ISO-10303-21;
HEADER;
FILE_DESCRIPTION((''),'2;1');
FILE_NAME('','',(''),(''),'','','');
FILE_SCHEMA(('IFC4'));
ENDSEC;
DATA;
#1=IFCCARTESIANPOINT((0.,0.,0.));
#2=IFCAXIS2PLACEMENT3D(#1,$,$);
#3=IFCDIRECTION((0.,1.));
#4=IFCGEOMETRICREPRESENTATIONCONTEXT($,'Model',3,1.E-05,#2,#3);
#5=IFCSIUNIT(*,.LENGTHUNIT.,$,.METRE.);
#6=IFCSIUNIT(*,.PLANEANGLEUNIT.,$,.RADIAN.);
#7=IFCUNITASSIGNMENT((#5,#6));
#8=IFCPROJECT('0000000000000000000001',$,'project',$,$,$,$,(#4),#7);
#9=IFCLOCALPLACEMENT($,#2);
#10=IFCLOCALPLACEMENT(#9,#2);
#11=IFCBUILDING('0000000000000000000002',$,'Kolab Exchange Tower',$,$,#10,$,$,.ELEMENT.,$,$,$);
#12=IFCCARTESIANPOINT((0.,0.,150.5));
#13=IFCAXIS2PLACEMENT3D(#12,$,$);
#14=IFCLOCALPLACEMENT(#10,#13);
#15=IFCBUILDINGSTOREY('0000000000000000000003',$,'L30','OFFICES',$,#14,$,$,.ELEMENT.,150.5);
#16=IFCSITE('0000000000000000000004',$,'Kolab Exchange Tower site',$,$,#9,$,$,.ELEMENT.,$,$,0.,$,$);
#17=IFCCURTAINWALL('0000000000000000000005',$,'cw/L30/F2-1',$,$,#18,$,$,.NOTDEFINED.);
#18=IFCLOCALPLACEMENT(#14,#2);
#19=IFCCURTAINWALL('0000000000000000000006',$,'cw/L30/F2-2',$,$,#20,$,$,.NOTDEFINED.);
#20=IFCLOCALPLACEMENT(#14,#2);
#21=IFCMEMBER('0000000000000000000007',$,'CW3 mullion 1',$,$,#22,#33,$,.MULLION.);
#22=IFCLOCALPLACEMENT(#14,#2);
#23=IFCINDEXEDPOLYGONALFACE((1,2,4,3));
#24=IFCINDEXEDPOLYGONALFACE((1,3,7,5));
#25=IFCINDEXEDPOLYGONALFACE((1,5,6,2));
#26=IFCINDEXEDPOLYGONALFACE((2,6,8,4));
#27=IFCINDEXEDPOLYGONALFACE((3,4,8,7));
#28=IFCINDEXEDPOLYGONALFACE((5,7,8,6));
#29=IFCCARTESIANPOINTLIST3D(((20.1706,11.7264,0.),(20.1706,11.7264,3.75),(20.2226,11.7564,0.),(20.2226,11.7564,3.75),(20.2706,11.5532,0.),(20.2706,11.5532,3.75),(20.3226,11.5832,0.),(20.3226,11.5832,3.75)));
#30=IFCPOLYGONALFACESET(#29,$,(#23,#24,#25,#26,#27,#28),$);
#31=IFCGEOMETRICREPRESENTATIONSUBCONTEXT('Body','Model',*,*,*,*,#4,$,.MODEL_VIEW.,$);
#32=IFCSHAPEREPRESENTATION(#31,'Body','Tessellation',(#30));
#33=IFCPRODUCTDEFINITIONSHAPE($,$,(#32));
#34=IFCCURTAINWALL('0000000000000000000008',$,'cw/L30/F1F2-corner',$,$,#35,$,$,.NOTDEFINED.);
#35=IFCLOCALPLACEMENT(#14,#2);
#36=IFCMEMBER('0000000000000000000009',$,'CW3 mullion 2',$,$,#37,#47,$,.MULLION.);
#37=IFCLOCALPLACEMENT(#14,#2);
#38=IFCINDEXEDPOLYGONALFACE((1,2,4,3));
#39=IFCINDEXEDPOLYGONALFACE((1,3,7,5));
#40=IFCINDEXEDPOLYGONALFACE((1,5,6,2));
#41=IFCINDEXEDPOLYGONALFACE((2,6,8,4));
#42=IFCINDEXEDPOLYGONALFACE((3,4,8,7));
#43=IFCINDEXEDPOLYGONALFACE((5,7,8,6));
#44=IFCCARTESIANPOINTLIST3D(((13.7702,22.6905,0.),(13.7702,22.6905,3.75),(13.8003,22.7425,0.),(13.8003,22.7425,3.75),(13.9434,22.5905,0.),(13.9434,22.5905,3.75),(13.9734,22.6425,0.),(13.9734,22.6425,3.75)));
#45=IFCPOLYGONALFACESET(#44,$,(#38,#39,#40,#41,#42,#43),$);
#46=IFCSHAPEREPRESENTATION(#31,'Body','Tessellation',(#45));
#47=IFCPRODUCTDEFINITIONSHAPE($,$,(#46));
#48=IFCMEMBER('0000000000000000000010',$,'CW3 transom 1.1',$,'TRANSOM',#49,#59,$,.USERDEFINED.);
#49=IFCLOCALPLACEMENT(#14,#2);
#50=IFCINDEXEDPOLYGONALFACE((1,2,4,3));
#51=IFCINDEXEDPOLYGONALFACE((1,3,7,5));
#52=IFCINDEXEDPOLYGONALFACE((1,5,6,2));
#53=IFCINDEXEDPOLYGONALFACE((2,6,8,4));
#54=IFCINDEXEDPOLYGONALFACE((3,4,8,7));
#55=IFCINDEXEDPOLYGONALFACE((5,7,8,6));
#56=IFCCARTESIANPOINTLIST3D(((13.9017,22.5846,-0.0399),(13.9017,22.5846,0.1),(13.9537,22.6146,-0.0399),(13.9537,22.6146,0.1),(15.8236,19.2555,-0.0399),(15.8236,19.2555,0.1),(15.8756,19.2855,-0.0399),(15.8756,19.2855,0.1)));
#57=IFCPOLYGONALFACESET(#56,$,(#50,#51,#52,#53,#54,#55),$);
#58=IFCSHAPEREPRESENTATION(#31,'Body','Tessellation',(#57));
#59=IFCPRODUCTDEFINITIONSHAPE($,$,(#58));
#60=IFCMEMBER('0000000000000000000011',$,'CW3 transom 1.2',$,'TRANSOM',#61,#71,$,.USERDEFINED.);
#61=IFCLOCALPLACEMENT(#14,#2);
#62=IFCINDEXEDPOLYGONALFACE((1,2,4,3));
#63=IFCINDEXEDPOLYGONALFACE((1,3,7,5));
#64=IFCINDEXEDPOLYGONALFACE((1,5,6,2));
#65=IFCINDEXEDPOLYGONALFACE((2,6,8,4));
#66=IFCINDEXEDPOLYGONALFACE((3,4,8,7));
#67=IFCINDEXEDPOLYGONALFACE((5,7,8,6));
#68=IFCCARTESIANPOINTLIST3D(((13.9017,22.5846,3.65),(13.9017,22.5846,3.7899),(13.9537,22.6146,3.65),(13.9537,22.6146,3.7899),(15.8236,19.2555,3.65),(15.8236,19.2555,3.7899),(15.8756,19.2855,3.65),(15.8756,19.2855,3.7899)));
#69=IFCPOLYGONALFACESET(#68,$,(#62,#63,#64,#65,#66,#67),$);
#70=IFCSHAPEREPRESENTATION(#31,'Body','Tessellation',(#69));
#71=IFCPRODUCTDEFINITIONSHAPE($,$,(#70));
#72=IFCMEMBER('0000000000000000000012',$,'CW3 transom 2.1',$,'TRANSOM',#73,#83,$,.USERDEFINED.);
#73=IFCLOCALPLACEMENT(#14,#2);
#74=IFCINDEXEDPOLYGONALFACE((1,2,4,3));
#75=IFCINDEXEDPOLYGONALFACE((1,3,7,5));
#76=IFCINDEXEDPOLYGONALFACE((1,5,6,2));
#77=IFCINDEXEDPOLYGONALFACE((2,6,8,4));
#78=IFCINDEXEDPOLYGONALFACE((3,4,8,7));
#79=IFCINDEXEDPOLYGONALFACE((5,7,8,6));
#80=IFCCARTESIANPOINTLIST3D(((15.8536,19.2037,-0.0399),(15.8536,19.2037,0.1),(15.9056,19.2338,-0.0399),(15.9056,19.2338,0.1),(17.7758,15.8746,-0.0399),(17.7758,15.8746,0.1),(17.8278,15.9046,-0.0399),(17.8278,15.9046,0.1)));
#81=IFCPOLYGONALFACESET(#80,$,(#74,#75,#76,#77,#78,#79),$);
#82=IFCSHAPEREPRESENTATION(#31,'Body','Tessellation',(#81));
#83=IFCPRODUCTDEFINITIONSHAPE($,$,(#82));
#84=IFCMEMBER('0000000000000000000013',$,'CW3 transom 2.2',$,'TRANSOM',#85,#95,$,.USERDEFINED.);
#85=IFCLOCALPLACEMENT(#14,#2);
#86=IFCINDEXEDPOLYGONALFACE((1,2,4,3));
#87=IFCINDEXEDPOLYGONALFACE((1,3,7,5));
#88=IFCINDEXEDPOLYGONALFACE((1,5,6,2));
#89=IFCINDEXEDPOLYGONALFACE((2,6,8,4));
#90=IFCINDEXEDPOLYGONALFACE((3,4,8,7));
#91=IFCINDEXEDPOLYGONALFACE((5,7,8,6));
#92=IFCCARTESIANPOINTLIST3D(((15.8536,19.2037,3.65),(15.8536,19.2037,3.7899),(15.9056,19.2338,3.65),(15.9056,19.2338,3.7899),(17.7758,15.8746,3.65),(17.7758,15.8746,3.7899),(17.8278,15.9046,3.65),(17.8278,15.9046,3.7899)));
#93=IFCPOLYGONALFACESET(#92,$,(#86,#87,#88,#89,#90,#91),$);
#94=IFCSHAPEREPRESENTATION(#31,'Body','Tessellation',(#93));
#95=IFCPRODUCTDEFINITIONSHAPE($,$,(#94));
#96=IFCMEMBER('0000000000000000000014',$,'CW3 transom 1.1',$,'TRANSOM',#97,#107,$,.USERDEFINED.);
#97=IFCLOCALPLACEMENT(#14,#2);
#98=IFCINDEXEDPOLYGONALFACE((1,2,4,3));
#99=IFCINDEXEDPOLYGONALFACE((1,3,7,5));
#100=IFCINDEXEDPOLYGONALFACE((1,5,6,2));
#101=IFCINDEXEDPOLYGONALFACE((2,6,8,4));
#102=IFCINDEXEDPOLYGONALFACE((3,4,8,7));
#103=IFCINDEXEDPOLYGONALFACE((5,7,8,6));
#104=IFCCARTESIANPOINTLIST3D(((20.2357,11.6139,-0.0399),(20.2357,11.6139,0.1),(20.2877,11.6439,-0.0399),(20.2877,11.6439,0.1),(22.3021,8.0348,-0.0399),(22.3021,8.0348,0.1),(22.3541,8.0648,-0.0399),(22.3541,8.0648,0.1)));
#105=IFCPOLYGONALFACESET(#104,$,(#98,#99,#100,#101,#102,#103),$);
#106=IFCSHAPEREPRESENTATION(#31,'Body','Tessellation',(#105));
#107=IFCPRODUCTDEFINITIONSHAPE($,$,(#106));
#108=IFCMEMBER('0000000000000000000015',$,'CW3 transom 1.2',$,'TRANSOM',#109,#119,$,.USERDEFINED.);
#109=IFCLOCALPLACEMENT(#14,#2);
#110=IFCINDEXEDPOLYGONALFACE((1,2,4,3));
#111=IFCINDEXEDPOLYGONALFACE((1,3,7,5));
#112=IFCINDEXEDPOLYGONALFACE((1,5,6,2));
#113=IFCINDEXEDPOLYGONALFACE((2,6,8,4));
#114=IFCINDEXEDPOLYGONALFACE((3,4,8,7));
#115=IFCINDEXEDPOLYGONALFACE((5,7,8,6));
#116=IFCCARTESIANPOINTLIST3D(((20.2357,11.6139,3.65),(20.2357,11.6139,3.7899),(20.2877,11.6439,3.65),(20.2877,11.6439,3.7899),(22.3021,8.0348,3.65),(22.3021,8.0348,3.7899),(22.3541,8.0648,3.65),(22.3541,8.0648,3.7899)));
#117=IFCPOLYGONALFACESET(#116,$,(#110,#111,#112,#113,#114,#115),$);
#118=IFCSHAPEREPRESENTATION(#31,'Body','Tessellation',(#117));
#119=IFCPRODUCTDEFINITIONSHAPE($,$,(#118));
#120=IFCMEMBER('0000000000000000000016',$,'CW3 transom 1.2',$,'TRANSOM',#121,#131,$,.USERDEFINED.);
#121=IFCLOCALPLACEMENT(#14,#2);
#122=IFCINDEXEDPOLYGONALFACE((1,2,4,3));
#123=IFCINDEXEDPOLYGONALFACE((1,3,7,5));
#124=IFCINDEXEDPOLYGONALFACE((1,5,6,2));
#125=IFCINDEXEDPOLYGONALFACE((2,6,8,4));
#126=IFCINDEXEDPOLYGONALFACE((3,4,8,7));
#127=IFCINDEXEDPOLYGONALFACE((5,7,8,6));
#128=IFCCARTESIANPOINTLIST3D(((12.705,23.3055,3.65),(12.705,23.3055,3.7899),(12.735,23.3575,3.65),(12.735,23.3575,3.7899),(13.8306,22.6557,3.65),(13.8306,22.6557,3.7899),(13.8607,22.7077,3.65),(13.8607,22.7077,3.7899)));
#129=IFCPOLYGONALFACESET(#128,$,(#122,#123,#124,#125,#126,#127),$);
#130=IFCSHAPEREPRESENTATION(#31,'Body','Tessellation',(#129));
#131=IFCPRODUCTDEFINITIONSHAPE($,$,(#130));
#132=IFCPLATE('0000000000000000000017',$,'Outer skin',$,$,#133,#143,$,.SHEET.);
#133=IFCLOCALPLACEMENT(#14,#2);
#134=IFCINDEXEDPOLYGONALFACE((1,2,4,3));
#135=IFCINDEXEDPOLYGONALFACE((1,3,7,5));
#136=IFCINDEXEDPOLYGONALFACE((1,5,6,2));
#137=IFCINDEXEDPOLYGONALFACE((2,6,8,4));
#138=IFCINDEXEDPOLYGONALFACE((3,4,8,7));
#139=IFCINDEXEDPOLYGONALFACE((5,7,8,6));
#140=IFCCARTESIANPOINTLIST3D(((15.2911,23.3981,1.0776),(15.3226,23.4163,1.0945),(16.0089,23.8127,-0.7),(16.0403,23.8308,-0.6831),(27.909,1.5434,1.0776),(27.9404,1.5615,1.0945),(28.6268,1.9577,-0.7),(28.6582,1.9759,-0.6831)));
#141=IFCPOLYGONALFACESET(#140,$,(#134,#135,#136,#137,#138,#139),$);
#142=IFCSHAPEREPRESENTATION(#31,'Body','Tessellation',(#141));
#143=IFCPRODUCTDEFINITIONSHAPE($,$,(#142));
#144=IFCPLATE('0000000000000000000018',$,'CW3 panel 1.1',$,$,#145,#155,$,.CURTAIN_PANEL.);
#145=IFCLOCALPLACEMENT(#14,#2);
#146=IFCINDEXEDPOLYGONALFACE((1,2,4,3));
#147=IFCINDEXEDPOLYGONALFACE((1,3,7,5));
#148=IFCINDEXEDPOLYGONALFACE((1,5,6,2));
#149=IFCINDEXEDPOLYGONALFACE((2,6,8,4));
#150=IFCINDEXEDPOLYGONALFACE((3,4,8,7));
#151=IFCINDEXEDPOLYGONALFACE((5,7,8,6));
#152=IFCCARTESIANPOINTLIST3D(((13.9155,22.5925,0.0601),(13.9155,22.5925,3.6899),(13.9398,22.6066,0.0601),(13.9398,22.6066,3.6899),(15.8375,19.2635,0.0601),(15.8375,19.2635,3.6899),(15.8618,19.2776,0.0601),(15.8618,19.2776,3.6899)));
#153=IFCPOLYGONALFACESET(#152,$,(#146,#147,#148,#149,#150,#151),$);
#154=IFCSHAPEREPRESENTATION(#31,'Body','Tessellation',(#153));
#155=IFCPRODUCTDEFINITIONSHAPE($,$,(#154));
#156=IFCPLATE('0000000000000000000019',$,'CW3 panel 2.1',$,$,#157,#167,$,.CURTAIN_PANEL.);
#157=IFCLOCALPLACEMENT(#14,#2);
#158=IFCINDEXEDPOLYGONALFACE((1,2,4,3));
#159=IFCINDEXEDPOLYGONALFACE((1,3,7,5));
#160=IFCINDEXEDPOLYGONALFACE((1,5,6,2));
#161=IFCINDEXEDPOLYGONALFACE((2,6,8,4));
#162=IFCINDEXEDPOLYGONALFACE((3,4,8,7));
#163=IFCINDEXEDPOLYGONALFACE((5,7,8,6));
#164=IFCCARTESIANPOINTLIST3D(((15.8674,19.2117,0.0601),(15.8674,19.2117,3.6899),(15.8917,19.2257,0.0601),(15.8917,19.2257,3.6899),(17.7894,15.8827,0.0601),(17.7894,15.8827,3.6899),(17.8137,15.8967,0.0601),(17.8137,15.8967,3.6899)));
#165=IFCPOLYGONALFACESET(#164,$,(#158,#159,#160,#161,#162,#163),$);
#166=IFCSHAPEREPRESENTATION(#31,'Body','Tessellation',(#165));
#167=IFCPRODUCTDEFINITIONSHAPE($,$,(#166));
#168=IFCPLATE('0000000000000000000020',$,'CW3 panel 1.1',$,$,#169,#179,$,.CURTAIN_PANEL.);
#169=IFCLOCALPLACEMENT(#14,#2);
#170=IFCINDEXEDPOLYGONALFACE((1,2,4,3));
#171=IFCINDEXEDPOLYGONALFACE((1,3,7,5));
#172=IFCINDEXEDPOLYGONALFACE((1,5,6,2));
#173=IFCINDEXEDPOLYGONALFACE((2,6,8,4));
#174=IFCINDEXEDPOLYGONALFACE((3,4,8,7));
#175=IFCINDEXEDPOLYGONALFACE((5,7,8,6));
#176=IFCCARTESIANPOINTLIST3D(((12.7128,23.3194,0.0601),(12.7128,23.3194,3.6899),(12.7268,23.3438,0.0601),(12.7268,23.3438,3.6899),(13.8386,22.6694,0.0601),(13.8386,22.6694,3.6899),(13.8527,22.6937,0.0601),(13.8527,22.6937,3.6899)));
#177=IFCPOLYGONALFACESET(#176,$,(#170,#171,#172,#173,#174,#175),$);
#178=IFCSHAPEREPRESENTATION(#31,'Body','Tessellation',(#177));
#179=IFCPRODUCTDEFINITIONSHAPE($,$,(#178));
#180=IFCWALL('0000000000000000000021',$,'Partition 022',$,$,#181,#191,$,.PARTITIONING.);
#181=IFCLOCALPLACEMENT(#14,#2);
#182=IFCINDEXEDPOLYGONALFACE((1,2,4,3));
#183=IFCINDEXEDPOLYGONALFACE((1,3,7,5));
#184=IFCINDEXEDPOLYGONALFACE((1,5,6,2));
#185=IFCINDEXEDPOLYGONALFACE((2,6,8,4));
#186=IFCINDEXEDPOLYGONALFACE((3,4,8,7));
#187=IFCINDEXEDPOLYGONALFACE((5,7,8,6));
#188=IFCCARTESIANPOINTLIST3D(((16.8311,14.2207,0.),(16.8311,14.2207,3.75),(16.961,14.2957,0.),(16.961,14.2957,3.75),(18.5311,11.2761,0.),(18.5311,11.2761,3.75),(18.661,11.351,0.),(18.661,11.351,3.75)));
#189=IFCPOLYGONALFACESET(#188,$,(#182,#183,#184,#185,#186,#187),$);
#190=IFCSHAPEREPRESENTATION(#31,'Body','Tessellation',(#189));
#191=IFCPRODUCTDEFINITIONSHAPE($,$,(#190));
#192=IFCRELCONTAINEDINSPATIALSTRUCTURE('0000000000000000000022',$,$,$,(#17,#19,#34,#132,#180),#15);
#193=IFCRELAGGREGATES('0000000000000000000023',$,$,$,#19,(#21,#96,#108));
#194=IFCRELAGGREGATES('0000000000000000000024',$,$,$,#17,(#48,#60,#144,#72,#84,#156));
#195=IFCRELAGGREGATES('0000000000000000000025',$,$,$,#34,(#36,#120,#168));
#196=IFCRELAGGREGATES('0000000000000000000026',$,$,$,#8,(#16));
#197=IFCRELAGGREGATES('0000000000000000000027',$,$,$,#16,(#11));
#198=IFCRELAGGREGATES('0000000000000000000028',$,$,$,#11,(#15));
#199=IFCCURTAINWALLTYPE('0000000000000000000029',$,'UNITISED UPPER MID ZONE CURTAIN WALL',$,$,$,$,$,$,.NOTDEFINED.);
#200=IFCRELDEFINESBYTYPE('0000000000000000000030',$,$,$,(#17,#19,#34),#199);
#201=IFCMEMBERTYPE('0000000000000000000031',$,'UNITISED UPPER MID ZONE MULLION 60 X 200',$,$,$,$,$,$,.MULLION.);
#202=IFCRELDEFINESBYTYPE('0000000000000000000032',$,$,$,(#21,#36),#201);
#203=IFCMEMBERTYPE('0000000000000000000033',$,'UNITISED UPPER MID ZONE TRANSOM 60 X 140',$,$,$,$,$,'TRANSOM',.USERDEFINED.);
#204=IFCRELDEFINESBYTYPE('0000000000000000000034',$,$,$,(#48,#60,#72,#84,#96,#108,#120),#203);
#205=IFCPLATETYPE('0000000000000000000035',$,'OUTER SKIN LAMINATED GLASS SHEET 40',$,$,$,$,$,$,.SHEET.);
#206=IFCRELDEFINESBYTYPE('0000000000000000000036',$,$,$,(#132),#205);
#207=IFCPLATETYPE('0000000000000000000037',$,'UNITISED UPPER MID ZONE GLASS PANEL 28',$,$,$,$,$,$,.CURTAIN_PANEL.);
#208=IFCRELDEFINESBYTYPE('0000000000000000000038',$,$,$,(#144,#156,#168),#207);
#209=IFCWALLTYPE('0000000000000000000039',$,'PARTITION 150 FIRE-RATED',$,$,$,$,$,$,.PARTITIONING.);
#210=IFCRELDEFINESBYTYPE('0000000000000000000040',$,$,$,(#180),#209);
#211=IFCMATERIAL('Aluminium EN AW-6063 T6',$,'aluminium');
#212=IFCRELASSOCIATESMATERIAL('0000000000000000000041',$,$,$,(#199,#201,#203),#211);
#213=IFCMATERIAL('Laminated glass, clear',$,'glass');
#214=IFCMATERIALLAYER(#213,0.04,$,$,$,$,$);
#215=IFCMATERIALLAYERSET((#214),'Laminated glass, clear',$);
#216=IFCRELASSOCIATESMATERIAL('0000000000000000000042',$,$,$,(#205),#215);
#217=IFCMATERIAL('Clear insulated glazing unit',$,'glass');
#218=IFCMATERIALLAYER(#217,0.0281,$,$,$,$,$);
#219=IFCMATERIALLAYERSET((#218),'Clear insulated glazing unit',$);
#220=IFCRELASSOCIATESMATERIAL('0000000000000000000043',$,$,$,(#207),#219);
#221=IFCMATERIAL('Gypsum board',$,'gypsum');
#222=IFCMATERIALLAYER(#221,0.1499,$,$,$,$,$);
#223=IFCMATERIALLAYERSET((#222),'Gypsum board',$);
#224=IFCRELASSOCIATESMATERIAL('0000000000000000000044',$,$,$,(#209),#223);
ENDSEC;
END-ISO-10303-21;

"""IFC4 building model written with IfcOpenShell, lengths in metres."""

from ifc_helpers import new_model, si_unit, direction, frame, frame_2d, origin, origin_2d, place, context, subcontext, project, spatial, polyline, rectangle, outline, extrude, material, layer, layer_set, material_profile, profile_set, type_object, element, aggregate, save


model = new_model("IFC4")

# Units and contexts
model_context = context("Model", 3, precision=1e-05, world=origin(), true_north=direction((0.0, 1.0)))
body_context = subcontext(model_context, "Body", "Model", "MODEL_VIEW")
ifc_project = project(units=[si_unit("LENGTHUNIT", "METRE"), si_unit("PLANEANGLEUNIT", "RADIAN")], contexts=[model_context])

# Site, building, storey
site_placement = place(None, origin())
site = spatial("IfcSite", under=ifc_project, at=site_placement, Name="Kolab Exchange Tower site", CompositionType="ELEMENT", RefElevation=0.0)
building_placement = place(site_placement, origin())
building = spatial("IfcBuilding", under=site, at=building_placement, Name="Kolab Exchange Tower", CompositionType="ELEMENT")
storey_placement = place(building_placement, frame((0.0, 0.0, 150.5)))
storey = spatial("IfcBuildingStorey", under=building, at=storey_placement, Name="L30", Description="OFFICES", CompositionType="ELEMENT", Elevation=150.5)

# Curtain wall
ifc_material_1 = material(Name="Aluminium EN AW-6063 T6", Category="aluminium")
curtain_wall_type = type_object("IfcCurtainWallType", Name="UNITISED UPPER MID ZONE CURTAIN WALL", PredefinedType="NOTDEFINED", material=ifc_material_1)
curtain_wall_1_placement = place(storey_placement, origin())
curtain_wall_1 = element("IfcCurtainWall", 1, at=curtain_wall_1_placement, inside=storey, type_object=curtain_wall_type, Name="cw/L30/F2-1", PredefinedType="NOTDEFINED")
ifc_material_profile_1 = material_profile(ifc_material_1, rectangle(XDim=0.0601, YDim=0.2, at=origin_2d()), Name="RECT 60X200")
ifc_profile_set_1 = profile_set([ifc_material_profile_1], Name="Aluminium EN AW-6063 T6")
member_type_1 = type_object("IfcMemberType", Name="UNITISED UPPER MID ZONE MULLION 60 X 200", PredefinedType="MULLION", material=ifc_profile_set_1)

# Curtain walls, members
curtain_wall_2_placement = place(storey_placement, origin())
curtain_wall_2 = element("IfcCurtainWall", 2, at=curtain_wall_2_placement, inside=storey, type_object=curtain_wall_type, Name="cw/L30/F2-2", PredefinedType="NOTDEFINED")
member_1_placement = place(storey_placement, frame((20.2466, 11.6548, 0.0), z_axis=(0.0, 0.0, 1.0), x_axis=(0.866025, 0.5, 0.0)))
member_1 = element("IfcMember", 3, at=member_1_placement, type_object=member_type_1, Name="CW3 mullion 1", PredefinedType="MULLION", context=body_context, shape_type="SweptSolid", body=[
    extrude(rectangle(XDim=0.0601, YDim=0.2, at=origin_2d()), origin(), (0.0, 0.0, 1.0), 3.75),
])
curtain_wall_3_placement = place(storey_placement, origin())
curtain_wall_3 = element("IfcCurtainWall", 4, at=curtain_wall_3_placement, inside=storey, type_object=curtain_wall_type, Name="cw/L30/F1F2-corner", PredefinedType="NOTDEFINED")
member_2_placement = place(storey_placement, frame((13.8718, 22.6665, 0.0), z_axis=(0.0, 0.0, 1.0), x_axis=(0.5, 0.866025, 0.0)))
member_2 = element("IfcMember", 5, at=member_2_placement, type_object=member_type_1, Name="CW3 mullion 2", PredefinedType="MULLION", context=body_context, shape_type="SweptSolid", body=[
    extrude(rectangle(XDim=0.0601, YDim=0.2, at=origin_2d()), origin(), (0.0, 0.0, 1.0), 3.75),
])

# Members
ifc_material_profile_2 = material_profile(ifc_material_1, rectangle(XDim=0.0601, YDim=0.1399, at=origin_2d()), Name="RECT 60X140")
ifc_profile_set_2 = profile_set([ifc_material_profile_2], Name="Aluminium EN AW-6063 T6")
member_type_2 = type_object("IfcMemberType", Name="UNITISED UPPER MID ZONE TRANSOM 60 X 140", ElementType="TRANSOM", PredefinedType="USERDEFINED", material=ifc_profile_set_2)
member_3_placement = place(storey_placement, frame((13.9277, 22.5996, 0.03), z_axis=(0.499964, -0.866046, 0.0), x_axis=(0.866046, 0.499964, 0.0)))
member_3 = element("IfcMember", 6, at=member_3_placement, type_object=member_type_2, Name="CW3 transom 1.1", ObjectType="TRANSOM", PredefinedType="USERDEFINED", context=body_context, shape_type="SweptSolid", body=[
    extrude(rectangle(XDim=0.0601, YDim=0.1399, at=origin_2d()), origin(), (0.0, 0.0, 1.0), 3.844),
])
member_4_placement = place(storey_placement, frame((13.9277, 22.5996, 3.72), z_axis=(0.499964, -0.866046, 0.0), x_axis=(0.866046, 0.499964, 0.0)))
member_4 = element("IfcMember", 7, at=member_4_placement, type_object=member_type_2, Name="CW3 transom 1.2", ObjectType="TRANSOM", PredefinedType="USERDEFINED", context=body_context, shape_type="SweptSolid", body=[
    extrude(rectangle(XDim=0.0601, YDim=0.1399, at=origin_2d()), origin(), (0.0, 0.0, 1.0), 3.844),
])
member_5_placement = place(storey_placement, frame((15.8796, 19.2188, 0.03), z_axis=(0.500012, -0.866018, 0.0), x_axis=(0.866018, 0.500012, 0.0)))
member_5 = element("IfcMember", 8, at=member_5_placement, type_object=member_type_2, Name="CW3 transom 2.1", ObjectType="TRANSOM", PredefinedType="USERDEFINED", context=body_context, shape_type="SweptSolid", body=[
    extrude(rectangle(XDim=0.0601, YDim=0.1399, at=origin_2d()), origin(), (0.0, 0.0, 1.0), 3.8442),
])
member_6_placement = place(storey_placement, frame((15.8796, 19.2188, 3.72), z_axis=(0.500012, -0.866018, 0.0), x_axis=(0.866018, 0.500012, 0.0)))
member_6 = element("IfcMember", 9, at=member_6_placement, type_object=member_type_2, Name="CW3 transom 2.2", ObjectType="TRANSOM", PredefinedType="USERDEFINED", context=body_context, shape_type="SweptSolid", body=[
    extrude(rectangle(XDim=0.0601, YDim=0.1399, at=origin_2d()), origin(), (0.0, 0.0, 1.0), 3.8442),
])
member_7_placement = place(storey_placement, frame((20.2617, 11.6289, 0.03), z_axis=(0.500002, -0.866024, 0.0), x_axis=(0.866024, 0.500002, 0.0)))
member_7 = element("IfcMember", 10, at=member_7_placement, type_object=member_type_2, Name="CW3 transom 1.1", ObjectType="TRANSOM", PredefinedType="USERDEFINED", context=body_context, shape_type="SweptSolid", body=[
    extrude(rectangle(XDim=0.0601, YDim=0.1399, at=origin_2d()), origin(), (0.0, 0.0, 1.0), 4.1328),
])
member_8_placement = place(storey_placement, frame((20.2617, 11.6289, 3.72), z_axis=(0.500002, -0.866024, 0.0), x_axis=(0.866024, 0.500002, 0.0)))
member_8 = element("IfcMember", 11, at=member_8_placement, type_object=member_type_2, Name="CW3 transom 1.2", ObjectType="TRANSOM", PredefinedType="USERDEFINED", context=body_context, shape_type="SweptSolid", body=[
    extrude(rectangle(XDim=0.0601, YDim=0.1399, at=origin_2d()), origin(), (0.0, 0.0, 1.0), 4.1328),
])
aggregate(curtain_wall_2, [member_1, member_7, member_8])
member_9_placement = place(storey_placement, frame((12.72, 23.3315, 3.72), z_axis=(0.866039, -0.499977, 0.0), x_axis=(0.499977, 0.866039, 0.0)))
member_9 = element("IfcMember", 12, at=member_9_placement, type_object=member_type_2, Name="CW3 transom 1.2", ObjectType="TRANSOM", PredefinedType="USERDEFINED", context=body_context, shape_type="SweptSolid", body=[
    extrude(rectangle(XDim=0.0601, YDim=0.1399, at=origin_2d()), origin(), (0.0, 0.0, 1.0), 1.2998),
])

# Plates
ifc_material_2 = material(Name="Laminated glass, clear", Category="glass")
ifc_layer_1 = layer(ifc_material_2, 0.04)
ifc_layer_set_1 = layer_set([ifc_layer_1], Name="Laminated glass, clear")
plate_type_1 = type_object("IfcPlateType", Name="OUTER SKIN LAMINATED GLASS SHEET 40", PredefinedType="SHEET", material=ifc_layer_set_1)
plate_1_placement = place(storey_placement, frame((16.0403, 23.8308, -0.6831), z_axis=(0.784899, 0.453162, 0.422585), x_axis=(0.5, -0.866025, 0.000001)))
element("IfcPlate", 13, at=plate_1_placement, inside=storey, type_object=plate_type_1, Name="Outer skin", PredefinedType="SHEET", context=body_context, shape_type="SweptSolid", body=[
    extrude(outline(polyline([(0.0, 0.0), (25.2359, 0.0), (25.2358, -1.9613), (0.0001, -1.9613), (0.0, 0.0)])), origin(), (0.0, 0.0, -1.0), 0.04),
])
ifc_material_3 = material(Name="Clear insulated glazing unit", Category="glass")
ifc_layer_2 = layer(ifc_material_3, 0.0281)
ifc_layer_set_2 = layer_set([ifc_layer_2], Name="Clear insulated glazing unit")
plate_type_2 = type_object("IfcPlateType", Name="UNITISED UPPER MID ZONE GLASS PANEL 28", PredefinedType="CURTAIN_PANEL", material=ifc_layer_set_2)
plate_2_placement = place(storey_placement, frame((14.8887, 20.9351, 0.0601), z_axis=(0.0, 0.0, 1.0), x_axis=(0.5, -0.866025, 0.0)))
plate_2 = element("IfcPlate", 14, at=plate_2_placement, type_object=plate_type_2, Name="CW3 panel 1.1", PredefinedType="CURTAIN_PANEL", context=body_context, shape_type="SweptSolid", body=[
    extrude(rectangle(XDim=3.844, YDim=0.0281, at=origin_2d()), origin(), (0.0, 0.0, 1.0), 3.6299),
])
plate_3_placement = place(storey_placement, frame((16.8406, 17.5542, 0.0601), z_axis=(0.0, 0.0, 1.0), x_axis=(0.5, -0.866025, 0.0)))
plate_3 = element("IfcPlate", 15, at=plate_3_placement, type_object=plate_type_2, Name="CW3 panel 2.1", PredefinedType="CURTAIN_PANEL", context=body_context, shape_type="SweptSolid", body=[
    extrude(rectangle(XDim=3.844, YDim=0.0281, at=origin_2d()), origin(), (0.0, 0.0, 1.0), 3.6299),
])
aggregate(curtain_wall_1, [member_3, member_4, plate_2, member_5, member_6, plate_3])
plate_4_placement = place(storey_placement, frame((13.2827, 23.0066, 0.0601), z_axis=(0.0, 0.0, 1.0), x_axis=(0.866025, -0.5, 0.0)))
plate_4 = element("IfcPlate", 16, at=plate_4_placement, type_object=plate_type_2, Name="CW3 panel 1.1", PredefinedType="CURTAIN_PANEL", context=body_context, shape_type="SweptSolid", body=[
    extrude(rectangle(XDim=1.3, YDim=0.0281, at=origin_2d()), origin(), (0.0, 0.0, 1.0), 3.6299),
])
aggregate(curtain_wall_3, [member_2, member_9, plate_4])

# Wall
ifc_material_4 = material(Name="Gypsum board", Category="gypsum")
ifc_layer_3 = layer(ifc_material_4, 0.1499)
ifc_layer_set_3 = layer_set([ifc_layer_3], Name="Gypsum board")
wall_type_1 = type_object("IfcWallType", Name="PARTITION 150 FIRE-RATED", PredefinedType="PARTITIONING", material=ifc_layer_set_3)
wall_1_placement = place(storey_placement, frame((16.896, 14.2583, 0.0), z_axis=(0.0, 0.0, 1.0), x_axis=(0.499977, -0.866039, 0.0)))
element("IfcWall", 17, at=wall_1_placement, inside=storey, type_object=wall_type_1, Name="Partition 022", PredefinedType="PARTITIONING", context=body_context, shape_type="SweptSolid", body=[
    extrude(rectangle(XDim=3.4001, YDim=0.1499, at=frame_2d((1.7002, 0.0))), origin(), (0.0, 0.0, 1.0), 3.75),
])

save(model, "model.ifc")
